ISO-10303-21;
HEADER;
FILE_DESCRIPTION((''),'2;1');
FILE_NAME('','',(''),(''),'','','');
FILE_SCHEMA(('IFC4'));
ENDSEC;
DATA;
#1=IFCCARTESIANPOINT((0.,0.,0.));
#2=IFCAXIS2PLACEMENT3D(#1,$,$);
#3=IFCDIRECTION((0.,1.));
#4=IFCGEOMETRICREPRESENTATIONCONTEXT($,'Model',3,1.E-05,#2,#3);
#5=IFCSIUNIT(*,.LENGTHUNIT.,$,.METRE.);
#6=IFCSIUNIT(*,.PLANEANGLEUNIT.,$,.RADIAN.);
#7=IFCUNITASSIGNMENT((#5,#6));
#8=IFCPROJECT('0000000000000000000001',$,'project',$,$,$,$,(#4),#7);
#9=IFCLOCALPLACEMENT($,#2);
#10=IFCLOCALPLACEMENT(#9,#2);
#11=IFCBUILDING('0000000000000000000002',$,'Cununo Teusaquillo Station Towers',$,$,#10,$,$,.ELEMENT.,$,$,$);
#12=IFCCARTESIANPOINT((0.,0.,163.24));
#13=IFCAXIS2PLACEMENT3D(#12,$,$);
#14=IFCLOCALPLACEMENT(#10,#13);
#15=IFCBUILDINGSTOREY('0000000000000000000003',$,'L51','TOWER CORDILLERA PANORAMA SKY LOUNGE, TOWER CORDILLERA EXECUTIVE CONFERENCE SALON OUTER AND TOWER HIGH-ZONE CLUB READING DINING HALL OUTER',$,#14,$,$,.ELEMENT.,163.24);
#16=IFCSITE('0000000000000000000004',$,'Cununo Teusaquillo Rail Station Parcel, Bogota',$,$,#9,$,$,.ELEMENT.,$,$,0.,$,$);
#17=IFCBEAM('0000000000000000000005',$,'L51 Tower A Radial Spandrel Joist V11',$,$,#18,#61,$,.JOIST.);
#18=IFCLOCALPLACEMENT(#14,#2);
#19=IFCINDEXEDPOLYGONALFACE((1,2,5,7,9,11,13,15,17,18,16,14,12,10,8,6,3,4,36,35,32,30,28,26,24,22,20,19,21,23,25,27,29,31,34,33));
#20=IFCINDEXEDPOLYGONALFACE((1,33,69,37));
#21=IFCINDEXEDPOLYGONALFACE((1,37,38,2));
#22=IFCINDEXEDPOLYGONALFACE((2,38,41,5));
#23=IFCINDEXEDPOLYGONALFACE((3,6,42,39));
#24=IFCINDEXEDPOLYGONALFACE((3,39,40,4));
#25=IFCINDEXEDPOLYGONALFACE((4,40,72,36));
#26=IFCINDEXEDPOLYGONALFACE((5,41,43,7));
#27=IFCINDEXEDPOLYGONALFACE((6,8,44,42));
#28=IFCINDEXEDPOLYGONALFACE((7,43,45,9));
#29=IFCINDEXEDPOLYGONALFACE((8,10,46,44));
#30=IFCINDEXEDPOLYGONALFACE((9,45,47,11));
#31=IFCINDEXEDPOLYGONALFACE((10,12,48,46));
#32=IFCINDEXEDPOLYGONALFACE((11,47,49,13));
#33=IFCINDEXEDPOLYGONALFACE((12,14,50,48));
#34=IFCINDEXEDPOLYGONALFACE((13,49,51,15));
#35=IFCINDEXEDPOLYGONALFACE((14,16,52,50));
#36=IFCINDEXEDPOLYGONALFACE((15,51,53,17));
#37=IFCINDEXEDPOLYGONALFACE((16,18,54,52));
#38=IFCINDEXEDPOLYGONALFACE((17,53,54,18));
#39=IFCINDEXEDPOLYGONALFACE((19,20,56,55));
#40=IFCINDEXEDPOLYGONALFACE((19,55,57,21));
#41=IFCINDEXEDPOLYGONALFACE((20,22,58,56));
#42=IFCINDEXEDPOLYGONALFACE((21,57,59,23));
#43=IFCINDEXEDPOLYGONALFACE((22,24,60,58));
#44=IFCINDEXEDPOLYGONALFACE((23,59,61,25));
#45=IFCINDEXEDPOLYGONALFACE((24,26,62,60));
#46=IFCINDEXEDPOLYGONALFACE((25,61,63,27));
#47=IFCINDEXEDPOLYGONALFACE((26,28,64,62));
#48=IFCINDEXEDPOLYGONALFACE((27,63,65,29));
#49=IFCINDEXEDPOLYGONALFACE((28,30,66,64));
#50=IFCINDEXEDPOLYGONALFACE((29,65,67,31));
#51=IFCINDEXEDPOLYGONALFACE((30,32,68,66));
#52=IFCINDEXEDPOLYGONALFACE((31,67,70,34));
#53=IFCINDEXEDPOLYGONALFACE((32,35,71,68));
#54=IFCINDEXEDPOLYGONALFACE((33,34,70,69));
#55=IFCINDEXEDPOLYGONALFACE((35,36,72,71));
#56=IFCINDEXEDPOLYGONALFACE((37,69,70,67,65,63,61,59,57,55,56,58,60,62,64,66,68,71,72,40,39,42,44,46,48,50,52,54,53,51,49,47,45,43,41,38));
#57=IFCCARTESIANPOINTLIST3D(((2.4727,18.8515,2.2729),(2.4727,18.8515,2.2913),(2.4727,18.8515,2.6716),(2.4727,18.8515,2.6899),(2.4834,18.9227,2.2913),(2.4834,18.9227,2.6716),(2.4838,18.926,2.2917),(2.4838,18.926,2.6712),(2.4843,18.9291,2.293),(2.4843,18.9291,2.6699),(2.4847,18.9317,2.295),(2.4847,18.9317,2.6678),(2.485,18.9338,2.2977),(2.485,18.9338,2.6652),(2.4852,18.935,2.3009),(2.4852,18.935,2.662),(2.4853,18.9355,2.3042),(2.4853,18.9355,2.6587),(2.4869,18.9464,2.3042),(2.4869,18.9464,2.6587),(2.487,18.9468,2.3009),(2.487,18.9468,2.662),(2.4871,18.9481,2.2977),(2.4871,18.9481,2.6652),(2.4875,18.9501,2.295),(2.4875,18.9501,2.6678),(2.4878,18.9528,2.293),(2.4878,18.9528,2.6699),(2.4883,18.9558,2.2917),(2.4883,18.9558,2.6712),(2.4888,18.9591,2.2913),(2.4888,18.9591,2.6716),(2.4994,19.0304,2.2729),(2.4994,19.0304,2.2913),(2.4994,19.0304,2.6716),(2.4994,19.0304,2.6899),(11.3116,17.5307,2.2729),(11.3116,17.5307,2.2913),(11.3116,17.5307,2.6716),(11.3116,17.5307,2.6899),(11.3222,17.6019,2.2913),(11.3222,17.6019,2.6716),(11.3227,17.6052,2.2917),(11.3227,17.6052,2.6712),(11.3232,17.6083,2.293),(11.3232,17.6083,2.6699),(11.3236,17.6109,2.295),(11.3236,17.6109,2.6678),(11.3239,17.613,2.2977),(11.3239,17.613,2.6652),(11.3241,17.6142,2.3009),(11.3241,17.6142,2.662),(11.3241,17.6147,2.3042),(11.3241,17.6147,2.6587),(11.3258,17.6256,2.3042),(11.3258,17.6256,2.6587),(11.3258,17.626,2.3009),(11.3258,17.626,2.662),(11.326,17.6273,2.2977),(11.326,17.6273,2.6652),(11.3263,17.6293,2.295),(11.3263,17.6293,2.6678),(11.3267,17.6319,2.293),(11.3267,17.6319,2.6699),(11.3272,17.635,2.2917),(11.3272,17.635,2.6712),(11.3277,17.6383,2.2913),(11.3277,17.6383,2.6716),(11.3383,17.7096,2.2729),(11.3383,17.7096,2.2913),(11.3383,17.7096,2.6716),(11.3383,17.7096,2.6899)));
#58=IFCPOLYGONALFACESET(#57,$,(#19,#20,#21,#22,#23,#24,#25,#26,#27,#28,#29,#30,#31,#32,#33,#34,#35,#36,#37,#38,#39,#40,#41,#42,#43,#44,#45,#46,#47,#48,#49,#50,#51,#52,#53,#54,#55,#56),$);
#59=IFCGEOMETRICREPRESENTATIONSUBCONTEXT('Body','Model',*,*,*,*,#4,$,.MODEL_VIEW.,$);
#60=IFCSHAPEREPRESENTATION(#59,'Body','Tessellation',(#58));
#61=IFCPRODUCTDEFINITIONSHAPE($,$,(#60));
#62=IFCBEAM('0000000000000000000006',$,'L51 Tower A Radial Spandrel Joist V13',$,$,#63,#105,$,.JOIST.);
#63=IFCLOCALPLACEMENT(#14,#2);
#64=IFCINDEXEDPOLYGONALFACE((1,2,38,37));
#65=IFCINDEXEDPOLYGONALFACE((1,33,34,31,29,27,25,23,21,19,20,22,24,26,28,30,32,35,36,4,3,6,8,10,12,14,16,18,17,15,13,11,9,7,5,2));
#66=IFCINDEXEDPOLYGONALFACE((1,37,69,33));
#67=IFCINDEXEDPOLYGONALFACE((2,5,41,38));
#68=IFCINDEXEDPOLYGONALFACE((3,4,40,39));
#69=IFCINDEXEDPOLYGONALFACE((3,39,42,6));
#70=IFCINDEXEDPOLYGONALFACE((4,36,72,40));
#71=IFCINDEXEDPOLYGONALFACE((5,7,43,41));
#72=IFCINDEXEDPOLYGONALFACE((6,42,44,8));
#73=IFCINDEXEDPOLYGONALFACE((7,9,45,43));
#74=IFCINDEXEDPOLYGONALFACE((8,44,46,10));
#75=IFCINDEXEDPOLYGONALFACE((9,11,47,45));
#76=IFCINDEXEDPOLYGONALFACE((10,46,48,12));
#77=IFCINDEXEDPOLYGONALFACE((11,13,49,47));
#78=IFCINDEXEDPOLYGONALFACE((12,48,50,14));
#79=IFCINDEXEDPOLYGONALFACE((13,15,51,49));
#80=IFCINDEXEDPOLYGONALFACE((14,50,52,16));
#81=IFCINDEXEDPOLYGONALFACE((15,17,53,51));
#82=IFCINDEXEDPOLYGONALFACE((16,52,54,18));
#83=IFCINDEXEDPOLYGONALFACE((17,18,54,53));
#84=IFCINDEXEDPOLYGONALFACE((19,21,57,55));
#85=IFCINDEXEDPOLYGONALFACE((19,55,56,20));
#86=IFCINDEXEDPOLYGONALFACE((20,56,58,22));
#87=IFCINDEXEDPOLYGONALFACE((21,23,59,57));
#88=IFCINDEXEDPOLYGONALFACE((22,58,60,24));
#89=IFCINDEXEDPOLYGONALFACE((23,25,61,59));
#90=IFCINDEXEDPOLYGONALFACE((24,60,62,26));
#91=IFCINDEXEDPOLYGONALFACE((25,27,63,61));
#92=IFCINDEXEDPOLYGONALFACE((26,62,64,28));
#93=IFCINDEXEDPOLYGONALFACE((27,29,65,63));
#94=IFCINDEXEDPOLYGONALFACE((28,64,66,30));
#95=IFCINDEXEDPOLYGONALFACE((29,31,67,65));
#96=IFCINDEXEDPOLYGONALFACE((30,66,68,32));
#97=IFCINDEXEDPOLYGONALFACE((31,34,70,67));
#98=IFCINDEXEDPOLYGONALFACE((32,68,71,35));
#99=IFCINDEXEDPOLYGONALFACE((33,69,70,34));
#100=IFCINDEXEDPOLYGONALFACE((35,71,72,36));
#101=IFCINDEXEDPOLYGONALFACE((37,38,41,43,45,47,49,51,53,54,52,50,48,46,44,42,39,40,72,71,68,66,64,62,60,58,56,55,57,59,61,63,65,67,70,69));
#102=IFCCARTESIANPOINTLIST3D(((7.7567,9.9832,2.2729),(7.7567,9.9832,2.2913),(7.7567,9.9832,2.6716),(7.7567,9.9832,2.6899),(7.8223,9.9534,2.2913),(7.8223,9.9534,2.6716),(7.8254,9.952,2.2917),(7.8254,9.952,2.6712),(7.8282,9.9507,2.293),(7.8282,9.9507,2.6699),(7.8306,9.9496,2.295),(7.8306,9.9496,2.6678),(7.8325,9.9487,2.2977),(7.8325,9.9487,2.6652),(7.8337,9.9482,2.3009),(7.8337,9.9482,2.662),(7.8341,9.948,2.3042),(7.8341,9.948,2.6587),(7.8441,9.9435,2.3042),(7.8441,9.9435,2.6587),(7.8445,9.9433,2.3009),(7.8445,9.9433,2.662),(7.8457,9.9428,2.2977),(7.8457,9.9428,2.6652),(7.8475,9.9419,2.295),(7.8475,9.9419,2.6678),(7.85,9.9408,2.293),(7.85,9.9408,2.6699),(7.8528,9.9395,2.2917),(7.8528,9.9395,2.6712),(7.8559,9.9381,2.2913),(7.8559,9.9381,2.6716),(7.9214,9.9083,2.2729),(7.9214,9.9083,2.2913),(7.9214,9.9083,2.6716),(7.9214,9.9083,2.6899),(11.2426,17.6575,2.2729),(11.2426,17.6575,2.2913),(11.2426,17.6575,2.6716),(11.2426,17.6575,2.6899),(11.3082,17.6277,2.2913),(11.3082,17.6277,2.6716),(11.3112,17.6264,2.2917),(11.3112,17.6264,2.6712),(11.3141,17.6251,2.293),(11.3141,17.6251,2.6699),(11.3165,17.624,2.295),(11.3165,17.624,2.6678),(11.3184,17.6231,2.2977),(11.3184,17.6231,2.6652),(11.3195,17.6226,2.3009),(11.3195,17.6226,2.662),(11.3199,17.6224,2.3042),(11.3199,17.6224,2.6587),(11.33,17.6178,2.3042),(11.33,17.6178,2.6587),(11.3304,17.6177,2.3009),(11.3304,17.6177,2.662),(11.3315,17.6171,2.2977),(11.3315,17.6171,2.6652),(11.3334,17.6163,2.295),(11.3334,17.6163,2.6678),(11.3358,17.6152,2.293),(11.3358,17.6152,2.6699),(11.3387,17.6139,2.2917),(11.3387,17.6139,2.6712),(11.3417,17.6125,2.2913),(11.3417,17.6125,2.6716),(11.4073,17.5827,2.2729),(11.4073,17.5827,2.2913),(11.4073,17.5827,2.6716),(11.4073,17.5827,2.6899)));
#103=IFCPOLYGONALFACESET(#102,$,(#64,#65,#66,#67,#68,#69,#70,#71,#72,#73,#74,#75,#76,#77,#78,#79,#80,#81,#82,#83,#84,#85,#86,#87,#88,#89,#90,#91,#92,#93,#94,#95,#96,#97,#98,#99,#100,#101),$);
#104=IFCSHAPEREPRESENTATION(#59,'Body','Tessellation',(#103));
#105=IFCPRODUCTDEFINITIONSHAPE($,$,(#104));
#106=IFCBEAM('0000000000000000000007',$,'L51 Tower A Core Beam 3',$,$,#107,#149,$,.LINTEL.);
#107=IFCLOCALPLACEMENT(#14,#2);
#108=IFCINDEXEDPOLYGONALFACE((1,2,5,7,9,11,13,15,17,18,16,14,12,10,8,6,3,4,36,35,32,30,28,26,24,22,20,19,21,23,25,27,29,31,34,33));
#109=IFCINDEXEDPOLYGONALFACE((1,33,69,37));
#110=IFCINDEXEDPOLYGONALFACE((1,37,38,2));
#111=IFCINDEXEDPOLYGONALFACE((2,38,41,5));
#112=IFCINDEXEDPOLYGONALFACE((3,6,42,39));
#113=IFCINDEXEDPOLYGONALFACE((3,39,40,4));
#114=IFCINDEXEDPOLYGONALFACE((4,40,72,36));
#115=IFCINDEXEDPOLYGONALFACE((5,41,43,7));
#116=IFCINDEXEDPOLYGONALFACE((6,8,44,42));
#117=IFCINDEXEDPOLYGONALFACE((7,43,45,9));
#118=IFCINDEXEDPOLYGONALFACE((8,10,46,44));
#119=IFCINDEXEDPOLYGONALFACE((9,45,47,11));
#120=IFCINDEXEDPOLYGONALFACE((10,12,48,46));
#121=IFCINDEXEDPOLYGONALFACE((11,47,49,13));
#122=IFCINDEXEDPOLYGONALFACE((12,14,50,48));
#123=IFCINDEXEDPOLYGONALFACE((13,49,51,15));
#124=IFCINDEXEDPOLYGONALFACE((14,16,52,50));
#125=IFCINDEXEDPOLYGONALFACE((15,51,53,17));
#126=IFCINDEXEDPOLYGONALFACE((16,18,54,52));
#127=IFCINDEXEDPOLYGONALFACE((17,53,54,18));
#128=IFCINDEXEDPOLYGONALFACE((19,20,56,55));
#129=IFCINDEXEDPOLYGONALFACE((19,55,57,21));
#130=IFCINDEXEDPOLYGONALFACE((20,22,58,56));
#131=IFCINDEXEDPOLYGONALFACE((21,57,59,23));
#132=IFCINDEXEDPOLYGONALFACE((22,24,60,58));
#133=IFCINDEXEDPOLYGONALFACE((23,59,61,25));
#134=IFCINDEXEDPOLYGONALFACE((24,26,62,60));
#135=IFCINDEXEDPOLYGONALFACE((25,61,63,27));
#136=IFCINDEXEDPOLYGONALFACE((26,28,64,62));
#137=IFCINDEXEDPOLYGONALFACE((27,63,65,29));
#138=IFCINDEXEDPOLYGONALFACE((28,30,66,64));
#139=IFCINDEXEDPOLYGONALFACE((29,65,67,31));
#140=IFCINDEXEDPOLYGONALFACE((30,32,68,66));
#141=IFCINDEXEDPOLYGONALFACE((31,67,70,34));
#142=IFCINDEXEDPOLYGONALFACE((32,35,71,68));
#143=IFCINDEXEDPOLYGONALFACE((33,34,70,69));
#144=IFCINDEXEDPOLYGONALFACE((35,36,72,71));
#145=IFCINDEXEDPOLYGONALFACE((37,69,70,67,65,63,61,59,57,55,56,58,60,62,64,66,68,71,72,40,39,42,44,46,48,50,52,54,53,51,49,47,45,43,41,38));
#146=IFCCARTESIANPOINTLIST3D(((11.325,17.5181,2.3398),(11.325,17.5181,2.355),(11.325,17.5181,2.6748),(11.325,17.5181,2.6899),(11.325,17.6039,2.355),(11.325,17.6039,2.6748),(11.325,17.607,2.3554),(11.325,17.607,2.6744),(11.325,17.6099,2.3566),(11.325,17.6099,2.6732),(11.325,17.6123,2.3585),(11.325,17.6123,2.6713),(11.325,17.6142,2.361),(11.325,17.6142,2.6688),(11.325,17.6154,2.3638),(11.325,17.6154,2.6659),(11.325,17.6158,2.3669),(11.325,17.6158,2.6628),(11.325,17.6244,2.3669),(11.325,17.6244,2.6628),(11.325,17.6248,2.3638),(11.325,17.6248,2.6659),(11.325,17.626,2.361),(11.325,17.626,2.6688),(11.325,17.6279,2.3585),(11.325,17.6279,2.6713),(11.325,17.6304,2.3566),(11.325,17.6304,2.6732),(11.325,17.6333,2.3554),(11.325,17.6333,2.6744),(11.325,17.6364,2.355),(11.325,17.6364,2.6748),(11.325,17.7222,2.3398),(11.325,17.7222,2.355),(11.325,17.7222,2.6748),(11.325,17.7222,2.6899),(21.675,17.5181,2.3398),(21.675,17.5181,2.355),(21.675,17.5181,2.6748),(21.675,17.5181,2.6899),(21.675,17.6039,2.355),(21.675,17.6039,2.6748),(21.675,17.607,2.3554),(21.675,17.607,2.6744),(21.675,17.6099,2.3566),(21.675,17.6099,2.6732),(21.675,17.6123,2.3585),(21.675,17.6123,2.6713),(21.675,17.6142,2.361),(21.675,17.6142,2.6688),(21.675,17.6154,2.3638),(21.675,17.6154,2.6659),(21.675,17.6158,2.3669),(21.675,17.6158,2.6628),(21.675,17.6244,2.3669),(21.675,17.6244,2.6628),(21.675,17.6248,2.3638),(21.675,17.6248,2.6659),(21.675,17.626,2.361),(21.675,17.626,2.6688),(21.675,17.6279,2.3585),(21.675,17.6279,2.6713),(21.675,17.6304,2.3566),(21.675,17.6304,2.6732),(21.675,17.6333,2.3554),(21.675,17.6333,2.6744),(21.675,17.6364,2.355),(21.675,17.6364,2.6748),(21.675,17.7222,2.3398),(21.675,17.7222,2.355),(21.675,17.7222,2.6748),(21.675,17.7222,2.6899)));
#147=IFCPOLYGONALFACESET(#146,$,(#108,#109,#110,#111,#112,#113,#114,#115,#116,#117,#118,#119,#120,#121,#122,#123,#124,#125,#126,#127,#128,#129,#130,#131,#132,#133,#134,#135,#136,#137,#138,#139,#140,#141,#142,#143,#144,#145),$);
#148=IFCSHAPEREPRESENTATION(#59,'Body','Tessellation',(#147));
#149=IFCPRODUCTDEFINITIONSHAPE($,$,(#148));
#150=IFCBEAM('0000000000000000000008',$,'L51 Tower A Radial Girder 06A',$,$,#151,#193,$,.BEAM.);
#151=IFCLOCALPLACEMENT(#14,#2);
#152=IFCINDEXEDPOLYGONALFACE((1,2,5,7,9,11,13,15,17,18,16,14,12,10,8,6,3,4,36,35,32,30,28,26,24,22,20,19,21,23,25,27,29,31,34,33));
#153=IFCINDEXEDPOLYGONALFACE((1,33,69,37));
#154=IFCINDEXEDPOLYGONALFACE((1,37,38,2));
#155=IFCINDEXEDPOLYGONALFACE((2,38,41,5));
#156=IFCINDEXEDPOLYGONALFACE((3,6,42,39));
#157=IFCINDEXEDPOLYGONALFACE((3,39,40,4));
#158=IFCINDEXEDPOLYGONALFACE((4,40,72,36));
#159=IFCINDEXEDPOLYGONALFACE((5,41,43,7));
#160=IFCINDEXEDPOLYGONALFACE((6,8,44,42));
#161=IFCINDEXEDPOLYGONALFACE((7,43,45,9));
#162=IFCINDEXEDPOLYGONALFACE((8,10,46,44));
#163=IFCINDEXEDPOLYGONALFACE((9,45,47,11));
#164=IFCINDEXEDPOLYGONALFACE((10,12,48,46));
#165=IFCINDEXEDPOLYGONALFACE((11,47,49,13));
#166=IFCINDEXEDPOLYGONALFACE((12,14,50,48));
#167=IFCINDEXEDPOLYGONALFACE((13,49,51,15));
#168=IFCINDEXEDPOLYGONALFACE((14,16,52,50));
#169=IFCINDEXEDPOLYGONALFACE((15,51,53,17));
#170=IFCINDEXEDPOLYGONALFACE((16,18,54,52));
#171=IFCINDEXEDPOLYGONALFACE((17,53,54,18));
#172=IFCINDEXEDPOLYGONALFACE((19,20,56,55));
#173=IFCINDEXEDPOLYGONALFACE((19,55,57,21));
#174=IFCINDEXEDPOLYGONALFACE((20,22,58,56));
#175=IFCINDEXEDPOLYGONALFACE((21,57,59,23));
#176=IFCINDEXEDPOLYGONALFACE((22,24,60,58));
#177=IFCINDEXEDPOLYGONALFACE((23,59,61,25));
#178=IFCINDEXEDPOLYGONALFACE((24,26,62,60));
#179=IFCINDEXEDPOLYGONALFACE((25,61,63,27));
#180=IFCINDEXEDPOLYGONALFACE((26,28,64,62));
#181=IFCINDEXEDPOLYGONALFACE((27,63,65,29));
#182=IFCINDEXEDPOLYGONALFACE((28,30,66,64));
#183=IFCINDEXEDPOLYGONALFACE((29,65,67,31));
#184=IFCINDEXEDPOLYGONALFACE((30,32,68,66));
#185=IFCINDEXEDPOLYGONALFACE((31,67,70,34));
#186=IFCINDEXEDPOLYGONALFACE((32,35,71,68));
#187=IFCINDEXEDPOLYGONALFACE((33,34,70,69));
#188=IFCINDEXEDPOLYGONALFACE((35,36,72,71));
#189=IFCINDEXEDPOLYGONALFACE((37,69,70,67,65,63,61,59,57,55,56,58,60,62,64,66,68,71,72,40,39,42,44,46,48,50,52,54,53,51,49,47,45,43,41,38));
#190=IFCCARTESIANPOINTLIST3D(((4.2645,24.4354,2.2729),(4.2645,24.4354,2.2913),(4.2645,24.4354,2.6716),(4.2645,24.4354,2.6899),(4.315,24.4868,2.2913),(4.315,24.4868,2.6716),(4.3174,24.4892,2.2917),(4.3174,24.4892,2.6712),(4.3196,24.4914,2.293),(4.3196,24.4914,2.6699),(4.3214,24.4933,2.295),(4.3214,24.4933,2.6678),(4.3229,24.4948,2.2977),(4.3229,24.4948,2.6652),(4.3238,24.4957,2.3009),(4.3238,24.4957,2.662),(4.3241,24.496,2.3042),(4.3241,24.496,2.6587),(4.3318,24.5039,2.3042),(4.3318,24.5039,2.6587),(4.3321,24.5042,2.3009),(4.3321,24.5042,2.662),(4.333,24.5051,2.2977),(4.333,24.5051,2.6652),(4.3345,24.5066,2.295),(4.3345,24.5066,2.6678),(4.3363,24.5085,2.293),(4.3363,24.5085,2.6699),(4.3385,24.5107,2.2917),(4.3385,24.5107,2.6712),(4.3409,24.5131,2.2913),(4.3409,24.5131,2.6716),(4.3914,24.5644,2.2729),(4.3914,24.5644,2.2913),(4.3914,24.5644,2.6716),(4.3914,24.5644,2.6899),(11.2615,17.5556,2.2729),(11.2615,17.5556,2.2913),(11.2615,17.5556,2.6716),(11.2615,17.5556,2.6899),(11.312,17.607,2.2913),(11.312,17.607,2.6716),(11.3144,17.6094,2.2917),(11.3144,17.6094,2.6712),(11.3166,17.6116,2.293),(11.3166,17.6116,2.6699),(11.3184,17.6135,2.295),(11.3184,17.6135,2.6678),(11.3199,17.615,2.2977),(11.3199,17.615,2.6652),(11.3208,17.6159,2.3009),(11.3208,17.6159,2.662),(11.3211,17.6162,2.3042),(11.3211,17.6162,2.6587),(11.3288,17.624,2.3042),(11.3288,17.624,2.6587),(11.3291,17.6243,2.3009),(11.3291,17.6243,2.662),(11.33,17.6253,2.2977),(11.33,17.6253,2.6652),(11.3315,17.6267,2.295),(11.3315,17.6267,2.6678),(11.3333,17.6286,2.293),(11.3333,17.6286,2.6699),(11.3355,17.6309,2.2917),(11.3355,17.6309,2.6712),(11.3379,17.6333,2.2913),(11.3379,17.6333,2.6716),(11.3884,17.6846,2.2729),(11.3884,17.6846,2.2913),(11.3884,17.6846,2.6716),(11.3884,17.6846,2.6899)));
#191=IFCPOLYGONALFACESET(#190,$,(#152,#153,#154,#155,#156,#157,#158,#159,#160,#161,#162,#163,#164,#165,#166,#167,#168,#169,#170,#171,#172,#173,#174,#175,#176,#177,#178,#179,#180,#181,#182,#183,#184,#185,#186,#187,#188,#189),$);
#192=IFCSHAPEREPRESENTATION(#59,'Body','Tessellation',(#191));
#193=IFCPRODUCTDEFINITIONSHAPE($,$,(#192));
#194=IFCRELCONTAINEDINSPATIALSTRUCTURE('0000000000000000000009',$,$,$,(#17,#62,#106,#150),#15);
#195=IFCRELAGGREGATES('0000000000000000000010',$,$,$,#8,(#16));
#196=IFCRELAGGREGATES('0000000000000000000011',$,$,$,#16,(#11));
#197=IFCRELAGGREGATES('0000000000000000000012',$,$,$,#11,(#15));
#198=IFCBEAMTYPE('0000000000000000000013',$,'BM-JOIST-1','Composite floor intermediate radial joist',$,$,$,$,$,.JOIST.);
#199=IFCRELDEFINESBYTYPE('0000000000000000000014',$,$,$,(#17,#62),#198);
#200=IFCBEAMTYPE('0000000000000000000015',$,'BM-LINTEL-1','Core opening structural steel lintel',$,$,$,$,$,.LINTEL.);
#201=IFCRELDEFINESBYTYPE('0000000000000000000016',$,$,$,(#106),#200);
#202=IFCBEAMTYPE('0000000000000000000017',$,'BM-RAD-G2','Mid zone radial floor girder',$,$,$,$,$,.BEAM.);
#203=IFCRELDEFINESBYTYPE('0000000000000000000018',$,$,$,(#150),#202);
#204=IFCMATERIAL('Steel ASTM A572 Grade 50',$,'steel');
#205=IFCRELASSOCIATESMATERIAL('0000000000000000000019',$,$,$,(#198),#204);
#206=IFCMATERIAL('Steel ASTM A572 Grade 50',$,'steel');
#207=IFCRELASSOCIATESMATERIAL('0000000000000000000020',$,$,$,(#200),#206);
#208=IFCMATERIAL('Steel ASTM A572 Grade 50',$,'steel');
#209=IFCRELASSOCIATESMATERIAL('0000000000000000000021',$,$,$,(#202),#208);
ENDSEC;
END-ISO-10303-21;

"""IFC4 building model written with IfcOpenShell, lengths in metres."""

from ifc_helpers import new_model, si_unit, direction, frame, origin, origin_2d, place, context, subcontext, project, spatial, i_section, extrude, material, material_profile, profile_set, type_object, element, save


model = new_model("IFC4")

# Units and contexts
model_context = context("Model", 3, precision=1e-05, world=origin(), true_north=direction((0.0, 1.0)))
body_context = subcontext(model_context, "Body", "Model", "MODEL_VIEW")
ifc_project = project(units=[si_unit("LENGTHUNIT", "METRE"), si_unit("PLANEANGLEUNIT", "RADIAN")], contexts=[model_context])

# Site, building, storey
site_placement = place(None, origin())
site = spatial("IfcSite", under=ifc_project, at=site_placement, Name="Cununo Teusaquillo Rail Station Parcel, Bogota", CompositionType="ELEMENT", RefElevation=0.0)
building_placement = place(site_placement, origin())
building = spatial("IfcBuilding", under=site, at=building_placement, Name="Cununo Teusaquillo Station Towers", CompositionType="ELEMENT")
storey_placement = place(building_placement, frame((0.0, 0.0, 163.24)))
storey = spatial("IfcBuildingStorey", under=building, at=storey_placement, Name="L51", Description="TOWER CORDILLERA PANORAMA SKY LOUNGE, TOWER CORDILLERA EXECUTIVE CONFERENCE SALON OUTER AND TOWER HIGH-ZONE CLUB READING DINING HALL OUTER", CompositionType="ELEMENT", Elevation=163.24)

# Beams
ifc_material_1 = material(Name="Steel ASTM A572 Grade 50", Category="steel")
ifc_material_profile_1 = material_profile(ifc_material_1, i_section(OverallWidth=0.1809, OverallDepth=0.417, WebThickness=0.011, FlangeThickness=0.0183, FilletRadius=0.0129, at=origin_2d()), Name="W16X57")
ifc_profile_set_1 = profile_set([ifc_material_profile_1], Name="Steel ASTM A572 Grade 50")
beam_type_1 = type_object("IfcBeamType", Name="BM-JOIST-1", Description="Composite floor intermediate radial joist", PredefinedType="JOIST", material=ifc_profile_set_1)
beam_1_placement = place(storey_placement, frame((11.325, 17.6201, 2.4814), z_axis=(-0.989019, 0.14779, 0.0), x_axis=(-0.14779, -0.989019, 0.0)))
element("IfcBeam", 1, at=beam_1_placement, inside=storey, type_object=beam_type_1, Name="L51 Tower A Radial Spandrel Joist V11", PredefinedType="JOIST", context=body_context, shape_type="SweptSolid", body=[
    extrude(i_section(OverallWidth=0.1809, OverallDepth=0.417, WebThickness=0.011, FlangeThickness=0.0183, FilletRadius=0.0129, at=origin_2d()), origin(), (0.0, 0.0, 1.0), 8.937),
])
beam_2_placement = place(storey_placement, frame((11.325, 17.6201, 2.4814), z_axis=(-0.413559, -0.910478, 0.0), x_axis=(0.910478, -0.413559, 0.0)))
element("IfcBeam", 2, at=beam_2_placement, inside=storey, type_object=beam_type_1, Name="L51 Tower A Radial Spandrel Joist V13", PredefinedType="JOIST", context=body_context, shape_type="SweptSolid", body=[
    extrude(i_section(OverallWidth=0.1809, OverallDepth=0.417, WebThickness=0.011, FlangeThickness=0.0183, FilletRadius=0.0129, at=origin_2d()), origin(), (0.0, 0.0, 1.0), 8.429),
])
ifc_material_2 = material(Name="Steel ASTM A572 Grade 50", Category="steel")
ifc_material_profile_2 = material_profile(ifc_material_2, i_section(OverallWidth=0.2041, OverallDepth=0.3501, WebThickness=0.0085, FlangeThickness=0.0151, FilletRadius=0.012, at=origin_2d()), Name="W14X48")
ifc_profile_set_2 = profile_set([ifc_material_profile_2], Name="Steel ASTM A572 Grade 50")
beam_type_2 = type_object("IfcBeamType", Name="BM-LINTEL-1", Description="Core opening structural steel lintel", PredefinedType="LINTEL", material=ifc_profile_set_2)
beam_3_placement = place(storey_placement, frame((11.325, 17.6201, 2.5149), z_axis=(1.0, 0.0, 0.0), x_axis=(0.0, 1.0, 0.0)))
element("IfcBeam", 3, at=beam_3_placement, inside=storey, type_object=beam_type_2, Name="L51 Tower A Core Beam 3", PredefinedType="LINTEL", context=body_context, shape_type="SweptSolid", body=[
    extrude(i_section(OverallWidth=0.2041, OverallDepth=0.3501, WebThickness=0.0085, FlangeThickness=0.0151, FilletRadius=0.012, at=origin_2d()), origin(), (0.0, 0.0, 1.0), 10.3501),
])
ifc_material_3 = material(Name="Steel ASTM A572 Grade 50", Category="steel")
ifc_material_profile_3 = material_profile(ifc_material_3, i_section(OverallWidth=0.1809, OverallDepth=0.417, WebThickness=0.011, FlangeThickness=0.0183, FilletRadius=0.0129, at=origin_2d()), Name="W16X57")
ifc_profile_set_3 = profile_set([ifc_material_profile_3], Name="Steel ASTM A572 Grade 50")
beam_type_3 = type_object("IfcBeamType", Name="BM-RAD-G2", Description="Mid zone radial floor girder", PredefinedType="BEAM", material=ifc_profile_set_3)
beam_4_placement = place(storey_placement, frame((11.325, 17.6201, 2.4814), z_axis=(-0.713053, 0.70111, 0.0), x_axis=(-0.70111, -0.713053, 0.0)))
element("IfcBeam", 4, at=beam_4_placement, inside=storey, type_object=beam_type_3, Name="L51 Tower A Radial Girder 06A", PredefinedType="BEAM", context=body_context, shape_type="SweptSolid", body=[
    extrude(i_section(OverallWidth=0.1809, OverallDepth=0.417, WebThickness=0.011, FlangeThickness=0.0183, FilletRadius=0.0129, at=origin_2d()), origin(), (0.0, 0.0, 1.0), 9.8127),
])

save(model, "model.ifc")
